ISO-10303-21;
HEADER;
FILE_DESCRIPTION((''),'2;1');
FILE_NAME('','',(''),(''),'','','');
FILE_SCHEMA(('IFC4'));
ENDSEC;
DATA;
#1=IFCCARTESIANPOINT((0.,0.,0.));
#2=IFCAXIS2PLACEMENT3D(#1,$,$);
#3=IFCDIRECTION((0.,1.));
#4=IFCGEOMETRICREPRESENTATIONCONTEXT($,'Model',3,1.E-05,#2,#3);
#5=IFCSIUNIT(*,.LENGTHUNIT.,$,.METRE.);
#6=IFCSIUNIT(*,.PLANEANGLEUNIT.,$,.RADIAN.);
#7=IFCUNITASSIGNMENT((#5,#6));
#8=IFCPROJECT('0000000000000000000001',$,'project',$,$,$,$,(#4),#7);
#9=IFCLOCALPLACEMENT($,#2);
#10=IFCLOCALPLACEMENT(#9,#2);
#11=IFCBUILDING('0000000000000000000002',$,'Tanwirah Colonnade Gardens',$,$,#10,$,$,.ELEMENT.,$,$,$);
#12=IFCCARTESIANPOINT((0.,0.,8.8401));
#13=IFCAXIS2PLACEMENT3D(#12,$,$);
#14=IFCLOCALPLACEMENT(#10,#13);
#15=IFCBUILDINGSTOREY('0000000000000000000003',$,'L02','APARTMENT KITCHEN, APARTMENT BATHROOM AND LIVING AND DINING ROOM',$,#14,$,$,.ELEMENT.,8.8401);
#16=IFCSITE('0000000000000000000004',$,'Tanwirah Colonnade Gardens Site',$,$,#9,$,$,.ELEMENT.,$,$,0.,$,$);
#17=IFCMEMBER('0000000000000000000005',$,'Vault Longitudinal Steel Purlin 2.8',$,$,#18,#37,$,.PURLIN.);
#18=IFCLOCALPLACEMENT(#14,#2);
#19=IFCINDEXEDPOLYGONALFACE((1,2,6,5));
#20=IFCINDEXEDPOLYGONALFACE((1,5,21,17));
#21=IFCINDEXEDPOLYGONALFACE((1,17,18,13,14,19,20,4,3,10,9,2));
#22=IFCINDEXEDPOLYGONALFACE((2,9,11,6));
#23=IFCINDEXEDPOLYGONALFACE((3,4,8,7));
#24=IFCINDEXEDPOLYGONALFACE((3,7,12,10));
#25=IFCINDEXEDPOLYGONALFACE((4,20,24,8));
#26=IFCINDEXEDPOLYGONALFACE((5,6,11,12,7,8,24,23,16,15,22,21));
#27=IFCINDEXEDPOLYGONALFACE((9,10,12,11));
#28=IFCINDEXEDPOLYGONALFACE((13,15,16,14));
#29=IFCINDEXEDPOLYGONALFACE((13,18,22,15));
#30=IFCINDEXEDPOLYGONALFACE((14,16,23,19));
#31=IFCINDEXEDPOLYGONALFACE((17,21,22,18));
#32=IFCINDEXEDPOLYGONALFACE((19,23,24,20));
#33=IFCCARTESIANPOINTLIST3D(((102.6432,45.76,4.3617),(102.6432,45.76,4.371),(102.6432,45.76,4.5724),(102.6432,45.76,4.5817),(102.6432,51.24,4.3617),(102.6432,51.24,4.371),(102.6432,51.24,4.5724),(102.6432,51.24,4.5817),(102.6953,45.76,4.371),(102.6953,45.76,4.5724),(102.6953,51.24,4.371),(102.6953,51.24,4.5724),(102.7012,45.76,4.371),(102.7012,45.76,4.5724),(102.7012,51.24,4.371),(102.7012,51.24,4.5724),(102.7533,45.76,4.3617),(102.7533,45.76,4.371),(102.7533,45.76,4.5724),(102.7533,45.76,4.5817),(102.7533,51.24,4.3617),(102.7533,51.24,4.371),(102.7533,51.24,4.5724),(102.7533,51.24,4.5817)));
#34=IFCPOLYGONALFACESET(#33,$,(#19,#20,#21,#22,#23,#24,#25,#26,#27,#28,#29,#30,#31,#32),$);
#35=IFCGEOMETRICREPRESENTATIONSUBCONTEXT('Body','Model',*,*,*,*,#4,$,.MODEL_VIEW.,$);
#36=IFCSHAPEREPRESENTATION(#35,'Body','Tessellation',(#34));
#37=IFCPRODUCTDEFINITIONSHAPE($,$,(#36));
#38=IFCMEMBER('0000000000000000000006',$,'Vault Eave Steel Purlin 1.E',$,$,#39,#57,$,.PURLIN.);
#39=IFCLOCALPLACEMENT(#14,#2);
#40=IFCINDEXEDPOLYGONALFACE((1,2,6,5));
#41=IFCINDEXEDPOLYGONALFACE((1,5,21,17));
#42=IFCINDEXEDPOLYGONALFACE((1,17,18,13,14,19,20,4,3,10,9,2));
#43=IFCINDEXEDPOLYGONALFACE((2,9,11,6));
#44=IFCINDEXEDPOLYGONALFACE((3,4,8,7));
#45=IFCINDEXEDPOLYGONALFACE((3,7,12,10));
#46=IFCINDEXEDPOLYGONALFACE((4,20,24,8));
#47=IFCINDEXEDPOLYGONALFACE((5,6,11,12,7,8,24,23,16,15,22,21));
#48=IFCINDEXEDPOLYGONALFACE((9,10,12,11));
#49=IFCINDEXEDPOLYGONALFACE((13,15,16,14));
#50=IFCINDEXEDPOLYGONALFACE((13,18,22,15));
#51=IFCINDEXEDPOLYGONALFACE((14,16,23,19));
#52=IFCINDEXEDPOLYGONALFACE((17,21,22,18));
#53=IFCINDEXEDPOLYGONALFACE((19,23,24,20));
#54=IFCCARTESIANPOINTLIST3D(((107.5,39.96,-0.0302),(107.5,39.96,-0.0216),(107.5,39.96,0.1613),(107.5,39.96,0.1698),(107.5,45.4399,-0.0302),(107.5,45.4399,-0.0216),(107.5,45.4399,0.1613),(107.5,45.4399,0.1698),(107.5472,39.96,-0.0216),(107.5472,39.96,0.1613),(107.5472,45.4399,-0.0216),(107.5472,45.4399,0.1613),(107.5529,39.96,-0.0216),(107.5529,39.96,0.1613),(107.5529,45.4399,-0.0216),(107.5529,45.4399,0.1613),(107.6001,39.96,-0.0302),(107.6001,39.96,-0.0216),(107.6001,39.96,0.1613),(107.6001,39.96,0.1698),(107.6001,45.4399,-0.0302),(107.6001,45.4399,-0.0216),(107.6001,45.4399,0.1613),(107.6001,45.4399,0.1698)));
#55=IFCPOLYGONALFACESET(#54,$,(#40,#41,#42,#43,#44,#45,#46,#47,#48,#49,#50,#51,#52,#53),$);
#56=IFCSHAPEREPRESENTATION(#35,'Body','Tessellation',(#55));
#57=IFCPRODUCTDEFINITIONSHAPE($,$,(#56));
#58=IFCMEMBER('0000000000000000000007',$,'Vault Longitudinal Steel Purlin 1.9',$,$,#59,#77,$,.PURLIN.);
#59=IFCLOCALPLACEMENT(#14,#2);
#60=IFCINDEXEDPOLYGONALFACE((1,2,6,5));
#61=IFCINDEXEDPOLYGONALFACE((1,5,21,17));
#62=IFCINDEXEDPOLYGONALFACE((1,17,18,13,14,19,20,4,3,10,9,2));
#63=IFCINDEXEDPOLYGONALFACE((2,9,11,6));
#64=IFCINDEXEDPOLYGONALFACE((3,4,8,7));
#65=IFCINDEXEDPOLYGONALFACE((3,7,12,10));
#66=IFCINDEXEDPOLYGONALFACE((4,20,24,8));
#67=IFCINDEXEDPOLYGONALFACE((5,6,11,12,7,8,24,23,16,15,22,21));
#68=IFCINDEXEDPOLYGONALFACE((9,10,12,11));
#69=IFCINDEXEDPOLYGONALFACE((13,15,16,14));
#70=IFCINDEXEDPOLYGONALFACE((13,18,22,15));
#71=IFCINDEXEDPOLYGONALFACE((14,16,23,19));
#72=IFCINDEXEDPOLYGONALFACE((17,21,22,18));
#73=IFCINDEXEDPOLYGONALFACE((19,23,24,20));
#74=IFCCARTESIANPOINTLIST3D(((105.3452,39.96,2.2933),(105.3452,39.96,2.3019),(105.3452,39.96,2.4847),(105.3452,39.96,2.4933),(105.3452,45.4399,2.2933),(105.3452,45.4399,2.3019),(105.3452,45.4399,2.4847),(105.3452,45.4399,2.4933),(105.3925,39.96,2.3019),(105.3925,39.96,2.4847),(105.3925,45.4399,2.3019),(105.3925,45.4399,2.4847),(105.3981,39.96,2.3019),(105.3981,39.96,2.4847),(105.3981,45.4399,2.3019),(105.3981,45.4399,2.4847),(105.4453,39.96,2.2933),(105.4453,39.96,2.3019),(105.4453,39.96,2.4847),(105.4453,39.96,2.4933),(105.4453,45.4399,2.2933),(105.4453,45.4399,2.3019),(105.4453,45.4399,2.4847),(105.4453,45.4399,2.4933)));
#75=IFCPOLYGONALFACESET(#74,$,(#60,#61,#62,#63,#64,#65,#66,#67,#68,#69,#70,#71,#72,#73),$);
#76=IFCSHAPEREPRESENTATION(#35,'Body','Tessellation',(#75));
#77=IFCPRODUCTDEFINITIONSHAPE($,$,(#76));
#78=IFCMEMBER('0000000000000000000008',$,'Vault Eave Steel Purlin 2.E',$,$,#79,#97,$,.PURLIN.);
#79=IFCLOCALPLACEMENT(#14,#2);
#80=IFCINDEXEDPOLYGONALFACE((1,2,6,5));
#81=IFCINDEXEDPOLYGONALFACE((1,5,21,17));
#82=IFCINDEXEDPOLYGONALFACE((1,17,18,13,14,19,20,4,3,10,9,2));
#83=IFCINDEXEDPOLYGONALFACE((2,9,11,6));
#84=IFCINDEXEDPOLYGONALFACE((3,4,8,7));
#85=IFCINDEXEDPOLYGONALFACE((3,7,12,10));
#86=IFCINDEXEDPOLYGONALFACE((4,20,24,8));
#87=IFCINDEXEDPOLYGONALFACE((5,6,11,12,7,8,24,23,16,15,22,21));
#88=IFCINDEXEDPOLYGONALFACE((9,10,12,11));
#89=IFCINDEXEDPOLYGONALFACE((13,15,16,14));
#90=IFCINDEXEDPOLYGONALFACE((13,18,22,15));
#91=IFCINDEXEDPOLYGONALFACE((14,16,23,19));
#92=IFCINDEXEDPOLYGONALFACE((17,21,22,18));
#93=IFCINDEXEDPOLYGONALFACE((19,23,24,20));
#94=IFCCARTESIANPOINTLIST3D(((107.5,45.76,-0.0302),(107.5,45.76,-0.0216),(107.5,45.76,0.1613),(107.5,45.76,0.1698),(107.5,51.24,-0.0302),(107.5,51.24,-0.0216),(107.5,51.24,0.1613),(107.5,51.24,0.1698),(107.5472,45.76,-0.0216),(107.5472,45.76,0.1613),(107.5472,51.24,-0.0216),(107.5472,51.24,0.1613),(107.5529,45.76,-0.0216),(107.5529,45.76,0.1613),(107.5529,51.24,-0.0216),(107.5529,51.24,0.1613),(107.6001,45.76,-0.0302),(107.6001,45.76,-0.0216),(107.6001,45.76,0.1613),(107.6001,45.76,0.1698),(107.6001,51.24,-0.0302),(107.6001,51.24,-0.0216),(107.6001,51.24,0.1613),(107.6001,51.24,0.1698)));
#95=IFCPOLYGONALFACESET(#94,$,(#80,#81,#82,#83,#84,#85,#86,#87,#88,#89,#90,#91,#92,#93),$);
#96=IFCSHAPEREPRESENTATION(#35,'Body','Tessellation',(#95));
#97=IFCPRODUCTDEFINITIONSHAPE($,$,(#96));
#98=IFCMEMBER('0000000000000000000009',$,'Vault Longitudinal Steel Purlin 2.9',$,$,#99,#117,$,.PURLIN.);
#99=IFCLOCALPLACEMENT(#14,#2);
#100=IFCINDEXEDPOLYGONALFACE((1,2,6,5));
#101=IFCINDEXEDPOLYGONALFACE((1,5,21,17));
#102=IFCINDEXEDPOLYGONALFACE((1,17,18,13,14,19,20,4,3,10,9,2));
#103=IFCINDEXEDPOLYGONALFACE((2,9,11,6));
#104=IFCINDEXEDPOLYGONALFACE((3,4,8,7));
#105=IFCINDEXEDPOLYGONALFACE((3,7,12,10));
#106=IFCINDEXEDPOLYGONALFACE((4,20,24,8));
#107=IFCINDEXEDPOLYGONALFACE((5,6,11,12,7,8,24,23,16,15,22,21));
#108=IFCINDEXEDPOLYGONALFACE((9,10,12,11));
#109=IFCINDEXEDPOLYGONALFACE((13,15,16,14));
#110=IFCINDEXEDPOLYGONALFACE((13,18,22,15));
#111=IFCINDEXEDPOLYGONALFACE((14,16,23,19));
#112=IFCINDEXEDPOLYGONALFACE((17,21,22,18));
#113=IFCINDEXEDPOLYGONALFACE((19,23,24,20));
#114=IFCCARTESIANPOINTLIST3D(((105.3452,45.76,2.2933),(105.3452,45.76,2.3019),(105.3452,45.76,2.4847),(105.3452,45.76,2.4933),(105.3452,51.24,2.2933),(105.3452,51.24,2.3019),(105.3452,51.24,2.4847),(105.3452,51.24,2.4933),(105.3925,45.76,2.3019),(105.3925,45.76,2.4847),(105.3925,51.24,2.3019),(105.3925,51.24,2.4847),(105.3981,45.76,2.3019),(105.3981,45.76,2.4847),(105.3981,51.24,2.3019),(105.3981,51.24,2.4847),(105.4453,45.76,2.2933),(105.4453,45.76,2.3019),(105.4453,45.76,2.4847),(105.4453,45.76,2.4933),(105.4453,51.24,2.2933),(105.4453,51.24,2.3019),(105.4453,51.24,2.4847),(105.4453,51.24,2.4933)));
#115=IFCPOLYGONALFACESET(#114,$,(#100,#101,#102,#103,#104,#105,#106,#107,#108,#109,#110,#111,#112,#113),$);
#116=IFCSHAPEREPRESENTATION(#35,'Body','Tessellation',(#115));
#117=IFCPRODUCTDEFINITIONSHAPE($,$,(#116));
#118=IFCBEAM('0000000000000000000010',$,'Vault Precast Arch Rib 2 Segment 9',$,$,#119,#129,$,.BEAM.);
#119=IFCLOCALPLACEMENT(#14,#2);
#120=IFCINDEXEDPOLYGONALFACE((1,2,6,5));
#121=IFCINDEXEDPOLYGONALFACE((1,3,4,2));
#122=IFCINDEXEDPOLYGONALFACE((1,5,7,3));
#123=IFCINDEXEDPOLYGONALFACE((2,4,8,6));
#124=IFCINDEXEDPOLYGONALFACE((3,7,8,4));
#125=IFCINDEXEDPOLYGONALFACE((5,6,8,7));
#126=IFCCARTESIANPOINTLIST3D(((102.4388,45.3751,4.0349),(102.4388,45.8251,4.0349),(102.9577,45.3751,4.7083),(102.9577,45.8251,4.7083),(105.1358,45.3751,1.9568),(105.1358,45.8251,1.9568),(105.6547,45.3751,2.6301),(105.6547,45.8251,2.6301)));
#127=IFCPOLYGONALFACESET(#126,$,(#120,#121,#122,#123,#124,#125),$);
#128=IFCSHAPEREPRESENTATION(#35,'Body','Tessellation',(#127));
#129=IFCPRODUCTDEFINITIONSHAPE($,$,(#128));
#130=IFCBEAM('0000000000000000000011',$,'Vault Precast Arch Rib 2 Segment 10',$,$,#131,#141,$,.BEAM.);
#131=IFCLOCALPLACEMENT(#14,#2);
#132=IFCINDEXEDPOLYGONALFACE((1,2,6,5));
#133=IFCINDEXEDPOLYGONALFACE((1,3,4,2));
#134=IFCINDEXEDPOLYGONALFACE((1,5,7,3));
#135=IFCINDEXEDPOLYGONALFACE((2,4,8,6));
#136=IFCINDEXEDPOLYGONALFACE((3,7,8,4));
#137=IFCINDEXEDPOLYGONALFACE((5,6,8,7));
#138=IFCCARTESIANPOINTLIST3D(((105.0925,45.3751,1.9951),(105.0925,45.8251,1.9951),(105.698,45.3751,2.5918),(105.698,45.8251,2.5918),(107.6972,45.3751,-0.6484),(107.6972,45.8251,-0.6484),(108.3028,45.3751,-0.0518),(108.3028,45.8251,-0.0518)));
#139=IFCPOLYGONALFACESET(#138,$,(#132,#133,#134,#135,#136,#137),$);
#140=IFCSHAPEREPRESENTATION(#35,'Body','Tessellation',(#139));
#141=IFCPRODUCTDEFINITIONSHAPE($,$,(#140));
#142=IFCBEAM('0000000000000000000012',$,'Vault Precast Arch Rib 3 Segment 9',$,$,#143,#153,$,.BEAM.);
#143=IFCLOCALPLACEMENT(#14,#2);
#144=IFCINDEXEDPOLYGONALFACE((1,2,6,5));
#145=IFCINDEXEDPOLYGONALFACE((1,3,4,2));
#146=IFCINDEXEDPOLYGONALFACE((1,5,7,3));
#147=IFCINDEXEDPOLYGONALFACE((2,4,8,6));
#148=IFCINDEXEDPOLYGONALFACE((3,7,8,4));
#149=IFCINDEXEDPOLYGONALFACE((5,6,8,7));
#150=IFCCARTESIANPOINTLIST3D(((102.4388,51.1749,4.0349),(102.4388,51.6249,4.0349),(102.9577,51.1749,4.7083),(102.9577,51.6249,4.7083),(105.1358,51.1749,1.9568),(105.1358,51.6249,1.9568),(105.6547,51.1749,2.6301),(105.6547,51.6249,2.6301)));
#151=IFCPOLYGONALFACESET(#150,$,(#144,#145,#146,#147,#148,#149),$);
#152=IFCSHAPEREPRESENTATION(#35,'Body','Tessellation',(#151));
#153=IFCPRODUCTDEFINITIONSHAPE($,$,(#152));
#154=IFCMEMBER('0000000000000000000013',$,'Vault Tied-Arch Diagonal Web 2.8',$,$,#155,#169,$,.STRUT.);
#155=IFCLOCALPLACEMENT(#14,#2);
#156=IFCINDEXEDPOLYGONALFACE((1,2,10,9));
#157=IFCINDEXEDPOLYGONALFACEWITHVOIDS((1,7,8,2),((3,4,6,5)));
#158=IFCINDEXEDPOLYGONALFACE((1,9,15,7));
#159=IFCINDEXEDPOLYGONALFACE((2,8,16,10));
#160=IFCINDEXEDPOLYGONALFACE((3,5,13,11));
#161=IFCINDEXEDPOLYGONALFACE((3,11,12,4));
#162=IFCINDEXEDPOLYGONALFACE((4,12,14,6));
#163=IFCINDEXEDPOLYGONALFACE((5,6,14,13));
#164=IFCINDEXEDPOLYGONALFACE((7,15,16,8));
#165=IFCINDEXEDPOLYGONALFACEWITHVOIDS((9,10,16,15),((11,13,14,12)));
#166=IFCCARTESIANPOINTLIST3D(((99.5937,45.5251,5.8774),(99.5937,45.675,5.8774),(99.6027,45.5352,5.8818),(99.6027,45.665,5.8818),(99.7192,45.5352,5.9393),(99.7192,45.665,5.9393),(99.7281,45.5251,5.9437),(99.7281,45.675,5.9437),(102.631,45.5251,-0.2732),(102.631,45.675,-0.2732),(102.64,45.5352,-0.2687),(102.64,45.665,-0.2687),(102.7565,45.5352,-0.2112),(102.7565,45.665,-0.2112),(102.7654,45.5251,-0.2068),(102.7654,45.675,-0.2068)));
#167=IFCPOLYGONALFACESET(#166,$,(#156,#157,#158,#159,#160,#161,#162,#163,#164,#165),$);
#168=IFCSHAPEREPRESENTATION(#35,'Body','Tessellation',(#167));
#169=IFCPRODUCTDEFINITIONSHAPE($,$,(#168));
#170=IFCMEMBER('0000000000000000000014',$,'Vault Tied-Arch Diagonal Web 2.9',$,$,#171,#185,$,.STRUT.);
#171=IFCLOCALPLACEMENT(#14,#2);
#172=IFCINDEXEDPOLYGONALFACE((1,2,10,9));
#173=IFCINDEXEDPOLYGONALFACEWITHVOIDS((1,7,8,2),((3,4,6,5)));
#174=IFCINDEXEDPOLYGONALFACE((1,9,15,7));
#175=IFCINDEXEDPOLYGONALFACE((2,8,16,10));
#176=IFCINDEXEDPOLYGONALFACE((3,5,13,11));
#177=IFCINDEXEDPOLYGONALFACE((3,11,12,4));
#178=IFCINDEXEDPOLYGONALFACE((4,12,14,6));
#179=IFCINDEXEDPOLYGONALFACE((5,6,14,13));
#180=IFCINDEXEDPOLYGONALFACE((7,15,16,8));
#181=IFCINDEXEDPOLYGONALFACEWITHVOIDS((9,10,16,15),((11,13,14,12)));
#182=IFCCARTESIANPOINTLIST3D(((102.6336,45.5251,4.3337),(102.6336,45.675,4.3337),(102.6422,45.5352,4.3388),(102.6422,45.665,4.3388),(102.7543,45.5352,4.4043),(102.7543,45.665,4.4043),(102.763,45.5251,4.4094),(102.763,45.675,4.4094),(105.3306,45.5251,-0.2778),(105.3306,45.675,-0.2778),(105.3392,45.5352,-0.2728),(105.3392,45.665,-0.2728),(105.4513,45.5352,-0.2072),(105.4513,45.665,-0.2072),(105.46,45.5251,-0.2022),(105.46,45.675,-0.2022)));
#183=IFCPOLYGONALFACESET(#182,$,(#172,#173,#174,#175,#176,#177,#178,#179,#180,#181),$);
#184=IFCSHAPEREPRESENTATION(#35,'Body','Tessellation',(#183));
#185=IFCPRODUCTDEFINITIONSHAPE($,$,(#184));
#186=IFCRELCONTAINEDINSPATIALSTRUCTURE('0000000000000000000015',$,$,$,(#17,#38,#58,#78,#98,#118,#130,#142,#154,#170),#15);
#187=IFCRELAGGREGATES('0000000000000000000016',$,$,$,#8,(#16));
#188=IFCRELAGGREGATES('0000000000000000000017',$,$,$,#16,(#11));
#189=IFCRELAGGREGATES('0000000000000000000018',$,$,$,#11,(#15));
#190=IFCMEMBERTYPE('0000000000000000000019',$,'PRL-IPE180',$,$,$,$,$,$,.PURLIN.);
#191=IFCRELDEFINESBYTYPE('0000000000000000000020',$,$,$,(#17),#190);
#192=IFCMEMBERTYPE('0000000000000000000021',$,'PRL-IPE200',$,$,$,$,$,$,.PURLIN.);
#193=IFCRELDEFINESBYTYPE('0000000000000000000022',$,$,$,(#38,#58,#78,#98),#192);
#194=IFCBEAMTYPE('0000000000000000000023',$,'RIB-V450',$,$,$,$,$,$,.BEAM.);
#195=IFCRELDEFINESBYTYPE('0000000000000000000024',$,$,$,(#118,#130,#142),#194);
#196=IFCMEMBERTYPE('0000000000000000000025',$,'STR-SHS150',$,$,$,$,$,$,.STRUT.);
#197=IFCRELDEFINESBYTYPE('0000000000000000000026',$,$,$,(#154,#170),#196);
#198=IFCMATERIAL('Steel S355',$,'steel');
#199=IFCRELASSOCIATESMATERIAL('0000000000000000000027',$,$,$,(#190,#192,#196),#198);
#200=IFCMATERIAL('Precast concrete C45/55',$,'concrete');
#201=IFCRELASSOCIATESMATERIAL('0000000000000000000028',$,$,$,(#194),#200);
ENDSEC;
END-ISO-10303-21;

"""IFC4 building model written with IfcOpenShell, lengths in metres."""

from ifc_helpers import new_model, si_unit, direction, frame, origin, origin_2d, place, context, subcontext, project, spatial, rectangle, hollow_rectangle, i_section, extrude, material, material_profile, profile_set, type_object, element, save


model = new_model("IFC4")

# Units and contexts
model_context = context("Model", 3, precision=1e-05, world=origin(), true_north=direction((0.0, 1.0)))
body_context = subcontext(model_context, "Body", "Model", "MODEL_VIEW")
ifc_project = project(units=[si_unit("LENGTHUNIT", "METRE"), si_unit("PLANEANGLEUNIT", "RADIAN")], contexts=[model_context])

# Site, building, storey
site_placement = place(None, origin())
site = spatial("IfcSite", under=ifc_project, at=site_placement, Name="Tanwirah Colonnade Gardens Site", CompositionType="ELEMENT", RefElevation=0.0)
building_placement = place(site_placement, origin())
building = spatial("IfcBuilding", under=site, at=building_placement, Name="Tanwirah Colonnade Gardens", CompositionType="ELEMENT")
storey_placement = place(building_placement, frame((0.0, 0.0, 8.8401)))
storey = spatial("IfcBuildingStorey", under=building, at=storey_placement, Name="L02", Description="APARTMENT KITCHEN, APARTMENT BATHROOM AND LIVING AND DINING ROOM", CompositionType="ELEMENT", Elevation=8.8401)

# Members
ifc_material_1 = material(Name="Steel S355", Category="steel")
ifc_material_profile_1 = material_profile(ifc_material_1, i_section(OverallWidth=0.1101, OverallDepth=0.22, WebThickness=0.0059, FlangeThickness=0.0093, at=origin_2d()), Name="IPE 220")
ifc_profile_set_1 = profile_set([ifc_material_profile_1], Name="Steel S355")
member_type_1 = type_object("IfcMemberType", Name="PRL-IPE180", PredefinedType="PURLIN", material=ifc_profile_set_1)
for number, where, z_axis, x_axis, name in (
    (1, (102.6982, 45.76, 4.4717), (0.0, 1.0, 0.0), (-1.0, 0.0, 0.0), "Vault Longitudinal Steel Purlin 2.8"),
):
    element("IfcMember", number, at=place(storey_placement, frame(where, z_axis=z_axis, x_axis=x_axis)), inside=storey, type_object=member_type_1, Name=name, PredefinedType="PURLIN", context=body_context, shape_type="SweptSolid", body=[
        extrude(i_section(OverallWidth=0.1101, OverallDepth=0.22, WebThickness=0.0059, FlangeThickness=0.0093, at=origin_2d()), origin(), (0.0, 0.0, 1.0), 5.48),
    ])
ifc_material_profile_2 = material_profile(ifc_material_1, i_section(OverallWidth=0.1001, OverallDepth=0.2, WebThickness=0.0056, FlangeThickness=0.0085, at=origin_2d()), Name="IPE 200")
ifc_profile_set_2 = profile_set([ifc_material_profile_2], Name="Steel S355")
member_type_2 = type_object("IfcMemberType", Name="PRL-IPE200", PredefinedType="PURLIN", material=ifc_profile_set_2)
for number, where, z_axis, x_axis, name in (
    (2, (107.55, 39.96, 0.0698), (0.0, 1.0, 0.0), (-1.0, 0.0, 0.0), "Vault Eave Steel Purlin 1.E"),
    (3, (105.3953, 39.96, 2.3933), (0.0, 1.0, 0.0), (-1.0, 0.0, 0.0), "Vault Longitudinal Steel Purlin 1.9"),
    (4, (107.55, 45.76, 0.0698), (0.0, 1.0, 0.0), (-1.0, 0.0, 0.0), "Vault Eave Steel Purlin 2.E"),
    (5, (105.3953, 45.76, 2.3933), (0.0, 1.0, 0.0), (-1.0, 0.0, 0.0), "Vault Longitudinal Steel Purlin 2.9"),
):
    element("IfcMember", number, at=place(storey_placement, frame(where, z_axis=z_axis, x_axis=x_axis)), inside=storey, type_object=member_type_2, Name=name, PredefinedType="PURLIN", context=body_context, shape_type="SweptSolid", body=[
        extrude(i_section(OverallWidth=0.1001, OverallDepth=0.2, WebThickness=0.0056, FlangeThickness=0.0085, at=origin_2d()), origin(), (0.0, 0.0, 1.0), 5.48),
    ])

# Beams
ifc_material_2 = material(Name="Precast concrete C45/55", Category="concrete")
ifc_material_profile_3 = material_profile(ifc_material_2, rectangle(XDim=0.45, YDim=0.8501, at=origin_2d()), Name="PC-RIB 450x850")
ifc_profile_set_3 = profile_set([ifc_material_profile_3], Name="Precast concrete C45/55")
beam_type = type_object("IfcBeamType", Name="RIB-V450", PredefinedType="BEAM", material=ifc_profile_set_3)
beam_1_placement = place(storey_placement, frame((102.6982, 45.6001, 4.3716), z_axis=(0.792128, 0.0, -0.610355), x_axis=(0.0, 1.0, 0.0)))
element("IfcBeam", 6, at=beam_1_placement, inside=storey, type_object=beam_type, Name="Vault Precast Arch Rib 2 Segment 9", PredefinedType="BEAM", context=body_context, shape_type="SweptSolid", body=[
    extrude(rectangle(XDim=0.45, YDim=0.8501, at=origin_2d()), origin(), (0.0, 0.0, 1.0), 3.4048),
])
beam_2_placement = place(storey_placement, frame((105.3953, 45.6001, 2.2935), z_axis=(0.701858, 0.0, -0.712317), x_axis=(0.0, 1.0, 0.0)))
element("IfcBeam", 7, at=beam_2_placement, inside=storey, type_object=beam_type, Name="Vault Precast Arch Rib 2 Segment 10", PredefinedType="BEAM", context=body_context, shape_type="SweptSolid", body=[
    extrude(rectangle(XDim=0.45, YDim=0.8501, at=origin_2d()), origin(), (0.0, 0.0, 1.0), 3.7112),
])
beam_3_placement = place(storey_placement, frame((102.6982, 51.3999, 4.3716), z_axis=(0.792128, 0.0, -0.610355), x_axis=(0.0, 1.0, 0.0)))
element("IfcBeam", 8, at=beam_3_placement, inside=storey, type_object=beam_type, Name="Vault Precast Arch Rib 3 Segment 9", PredefinedType="BEAM", context=body_context, shape_type="SweptSolid", body=[
    extrude(rectangle(XDim=0.45, YDim=0.8501, at=origin_2d()), origin(), (0.0, 0.0, 1.0), 3.4048),
])

# Members
ifc_material_profile_4 = material_profile(ifc_material_1, hollow_rectangle(XDim=0.1499, YDim=0.1499, WallThickness=0.01, at=origin_2d()), Name="SHS 150x150x10")
ifc_profile_set_4 = profile_set([ifc_material_profile_4], Name="Steel S355")
member_type_3 = type_object("IfcMemberType", Name="STR-SHS150", PredefinedType="STRUT", material=ifc_profile_set_4)
member_1_placement = place(storey_placement, frame((102.6982, 45.6001, -0.24), z_axis=(-0.442781, 0.0, 0.89663), x_axis=(0.0, -1.0, 0.0)))
element("IfcMember", 9, at=member_1_placement, inside=storey, type_object=member_type_3, Name="Vault Tied-Arch Diagonal Web 2.8", PredefinedType="STRUT", context=body_context, shape_type="SweptSolid", body=[
    extrude(hollow_rectangle(XDim=0.1499, YDim=0.1499, WallThickness=0.01, at=origin_2d()), origin(), (0.0, 0.0, 1.0), 6.8596),
])
member_2_placement = place(storey_placement, frame((105.3953, 45.6001, -0.24), z_axis=(-0.50484, 0.0, 0.863213), x_axis=(0.0, -1.0, 0.0)))
element("IfcMember", 10, at=member_2_placement, inside=storey, type_object=member_type_3, Name="Vault Tied-Arch Diagonal Web 2.9", PredefinedType="STRUT", context=body_context, shape_type="SweptSolid", body=[
    extrude(hollow_rectangle(XDim=0.1499, YDim=0.1499, WallThickness=0.01, at=origin_2d()), origin(), (0.0, 0.0, 1.0), 5.3423),
])

save(model, "model.ifc")
